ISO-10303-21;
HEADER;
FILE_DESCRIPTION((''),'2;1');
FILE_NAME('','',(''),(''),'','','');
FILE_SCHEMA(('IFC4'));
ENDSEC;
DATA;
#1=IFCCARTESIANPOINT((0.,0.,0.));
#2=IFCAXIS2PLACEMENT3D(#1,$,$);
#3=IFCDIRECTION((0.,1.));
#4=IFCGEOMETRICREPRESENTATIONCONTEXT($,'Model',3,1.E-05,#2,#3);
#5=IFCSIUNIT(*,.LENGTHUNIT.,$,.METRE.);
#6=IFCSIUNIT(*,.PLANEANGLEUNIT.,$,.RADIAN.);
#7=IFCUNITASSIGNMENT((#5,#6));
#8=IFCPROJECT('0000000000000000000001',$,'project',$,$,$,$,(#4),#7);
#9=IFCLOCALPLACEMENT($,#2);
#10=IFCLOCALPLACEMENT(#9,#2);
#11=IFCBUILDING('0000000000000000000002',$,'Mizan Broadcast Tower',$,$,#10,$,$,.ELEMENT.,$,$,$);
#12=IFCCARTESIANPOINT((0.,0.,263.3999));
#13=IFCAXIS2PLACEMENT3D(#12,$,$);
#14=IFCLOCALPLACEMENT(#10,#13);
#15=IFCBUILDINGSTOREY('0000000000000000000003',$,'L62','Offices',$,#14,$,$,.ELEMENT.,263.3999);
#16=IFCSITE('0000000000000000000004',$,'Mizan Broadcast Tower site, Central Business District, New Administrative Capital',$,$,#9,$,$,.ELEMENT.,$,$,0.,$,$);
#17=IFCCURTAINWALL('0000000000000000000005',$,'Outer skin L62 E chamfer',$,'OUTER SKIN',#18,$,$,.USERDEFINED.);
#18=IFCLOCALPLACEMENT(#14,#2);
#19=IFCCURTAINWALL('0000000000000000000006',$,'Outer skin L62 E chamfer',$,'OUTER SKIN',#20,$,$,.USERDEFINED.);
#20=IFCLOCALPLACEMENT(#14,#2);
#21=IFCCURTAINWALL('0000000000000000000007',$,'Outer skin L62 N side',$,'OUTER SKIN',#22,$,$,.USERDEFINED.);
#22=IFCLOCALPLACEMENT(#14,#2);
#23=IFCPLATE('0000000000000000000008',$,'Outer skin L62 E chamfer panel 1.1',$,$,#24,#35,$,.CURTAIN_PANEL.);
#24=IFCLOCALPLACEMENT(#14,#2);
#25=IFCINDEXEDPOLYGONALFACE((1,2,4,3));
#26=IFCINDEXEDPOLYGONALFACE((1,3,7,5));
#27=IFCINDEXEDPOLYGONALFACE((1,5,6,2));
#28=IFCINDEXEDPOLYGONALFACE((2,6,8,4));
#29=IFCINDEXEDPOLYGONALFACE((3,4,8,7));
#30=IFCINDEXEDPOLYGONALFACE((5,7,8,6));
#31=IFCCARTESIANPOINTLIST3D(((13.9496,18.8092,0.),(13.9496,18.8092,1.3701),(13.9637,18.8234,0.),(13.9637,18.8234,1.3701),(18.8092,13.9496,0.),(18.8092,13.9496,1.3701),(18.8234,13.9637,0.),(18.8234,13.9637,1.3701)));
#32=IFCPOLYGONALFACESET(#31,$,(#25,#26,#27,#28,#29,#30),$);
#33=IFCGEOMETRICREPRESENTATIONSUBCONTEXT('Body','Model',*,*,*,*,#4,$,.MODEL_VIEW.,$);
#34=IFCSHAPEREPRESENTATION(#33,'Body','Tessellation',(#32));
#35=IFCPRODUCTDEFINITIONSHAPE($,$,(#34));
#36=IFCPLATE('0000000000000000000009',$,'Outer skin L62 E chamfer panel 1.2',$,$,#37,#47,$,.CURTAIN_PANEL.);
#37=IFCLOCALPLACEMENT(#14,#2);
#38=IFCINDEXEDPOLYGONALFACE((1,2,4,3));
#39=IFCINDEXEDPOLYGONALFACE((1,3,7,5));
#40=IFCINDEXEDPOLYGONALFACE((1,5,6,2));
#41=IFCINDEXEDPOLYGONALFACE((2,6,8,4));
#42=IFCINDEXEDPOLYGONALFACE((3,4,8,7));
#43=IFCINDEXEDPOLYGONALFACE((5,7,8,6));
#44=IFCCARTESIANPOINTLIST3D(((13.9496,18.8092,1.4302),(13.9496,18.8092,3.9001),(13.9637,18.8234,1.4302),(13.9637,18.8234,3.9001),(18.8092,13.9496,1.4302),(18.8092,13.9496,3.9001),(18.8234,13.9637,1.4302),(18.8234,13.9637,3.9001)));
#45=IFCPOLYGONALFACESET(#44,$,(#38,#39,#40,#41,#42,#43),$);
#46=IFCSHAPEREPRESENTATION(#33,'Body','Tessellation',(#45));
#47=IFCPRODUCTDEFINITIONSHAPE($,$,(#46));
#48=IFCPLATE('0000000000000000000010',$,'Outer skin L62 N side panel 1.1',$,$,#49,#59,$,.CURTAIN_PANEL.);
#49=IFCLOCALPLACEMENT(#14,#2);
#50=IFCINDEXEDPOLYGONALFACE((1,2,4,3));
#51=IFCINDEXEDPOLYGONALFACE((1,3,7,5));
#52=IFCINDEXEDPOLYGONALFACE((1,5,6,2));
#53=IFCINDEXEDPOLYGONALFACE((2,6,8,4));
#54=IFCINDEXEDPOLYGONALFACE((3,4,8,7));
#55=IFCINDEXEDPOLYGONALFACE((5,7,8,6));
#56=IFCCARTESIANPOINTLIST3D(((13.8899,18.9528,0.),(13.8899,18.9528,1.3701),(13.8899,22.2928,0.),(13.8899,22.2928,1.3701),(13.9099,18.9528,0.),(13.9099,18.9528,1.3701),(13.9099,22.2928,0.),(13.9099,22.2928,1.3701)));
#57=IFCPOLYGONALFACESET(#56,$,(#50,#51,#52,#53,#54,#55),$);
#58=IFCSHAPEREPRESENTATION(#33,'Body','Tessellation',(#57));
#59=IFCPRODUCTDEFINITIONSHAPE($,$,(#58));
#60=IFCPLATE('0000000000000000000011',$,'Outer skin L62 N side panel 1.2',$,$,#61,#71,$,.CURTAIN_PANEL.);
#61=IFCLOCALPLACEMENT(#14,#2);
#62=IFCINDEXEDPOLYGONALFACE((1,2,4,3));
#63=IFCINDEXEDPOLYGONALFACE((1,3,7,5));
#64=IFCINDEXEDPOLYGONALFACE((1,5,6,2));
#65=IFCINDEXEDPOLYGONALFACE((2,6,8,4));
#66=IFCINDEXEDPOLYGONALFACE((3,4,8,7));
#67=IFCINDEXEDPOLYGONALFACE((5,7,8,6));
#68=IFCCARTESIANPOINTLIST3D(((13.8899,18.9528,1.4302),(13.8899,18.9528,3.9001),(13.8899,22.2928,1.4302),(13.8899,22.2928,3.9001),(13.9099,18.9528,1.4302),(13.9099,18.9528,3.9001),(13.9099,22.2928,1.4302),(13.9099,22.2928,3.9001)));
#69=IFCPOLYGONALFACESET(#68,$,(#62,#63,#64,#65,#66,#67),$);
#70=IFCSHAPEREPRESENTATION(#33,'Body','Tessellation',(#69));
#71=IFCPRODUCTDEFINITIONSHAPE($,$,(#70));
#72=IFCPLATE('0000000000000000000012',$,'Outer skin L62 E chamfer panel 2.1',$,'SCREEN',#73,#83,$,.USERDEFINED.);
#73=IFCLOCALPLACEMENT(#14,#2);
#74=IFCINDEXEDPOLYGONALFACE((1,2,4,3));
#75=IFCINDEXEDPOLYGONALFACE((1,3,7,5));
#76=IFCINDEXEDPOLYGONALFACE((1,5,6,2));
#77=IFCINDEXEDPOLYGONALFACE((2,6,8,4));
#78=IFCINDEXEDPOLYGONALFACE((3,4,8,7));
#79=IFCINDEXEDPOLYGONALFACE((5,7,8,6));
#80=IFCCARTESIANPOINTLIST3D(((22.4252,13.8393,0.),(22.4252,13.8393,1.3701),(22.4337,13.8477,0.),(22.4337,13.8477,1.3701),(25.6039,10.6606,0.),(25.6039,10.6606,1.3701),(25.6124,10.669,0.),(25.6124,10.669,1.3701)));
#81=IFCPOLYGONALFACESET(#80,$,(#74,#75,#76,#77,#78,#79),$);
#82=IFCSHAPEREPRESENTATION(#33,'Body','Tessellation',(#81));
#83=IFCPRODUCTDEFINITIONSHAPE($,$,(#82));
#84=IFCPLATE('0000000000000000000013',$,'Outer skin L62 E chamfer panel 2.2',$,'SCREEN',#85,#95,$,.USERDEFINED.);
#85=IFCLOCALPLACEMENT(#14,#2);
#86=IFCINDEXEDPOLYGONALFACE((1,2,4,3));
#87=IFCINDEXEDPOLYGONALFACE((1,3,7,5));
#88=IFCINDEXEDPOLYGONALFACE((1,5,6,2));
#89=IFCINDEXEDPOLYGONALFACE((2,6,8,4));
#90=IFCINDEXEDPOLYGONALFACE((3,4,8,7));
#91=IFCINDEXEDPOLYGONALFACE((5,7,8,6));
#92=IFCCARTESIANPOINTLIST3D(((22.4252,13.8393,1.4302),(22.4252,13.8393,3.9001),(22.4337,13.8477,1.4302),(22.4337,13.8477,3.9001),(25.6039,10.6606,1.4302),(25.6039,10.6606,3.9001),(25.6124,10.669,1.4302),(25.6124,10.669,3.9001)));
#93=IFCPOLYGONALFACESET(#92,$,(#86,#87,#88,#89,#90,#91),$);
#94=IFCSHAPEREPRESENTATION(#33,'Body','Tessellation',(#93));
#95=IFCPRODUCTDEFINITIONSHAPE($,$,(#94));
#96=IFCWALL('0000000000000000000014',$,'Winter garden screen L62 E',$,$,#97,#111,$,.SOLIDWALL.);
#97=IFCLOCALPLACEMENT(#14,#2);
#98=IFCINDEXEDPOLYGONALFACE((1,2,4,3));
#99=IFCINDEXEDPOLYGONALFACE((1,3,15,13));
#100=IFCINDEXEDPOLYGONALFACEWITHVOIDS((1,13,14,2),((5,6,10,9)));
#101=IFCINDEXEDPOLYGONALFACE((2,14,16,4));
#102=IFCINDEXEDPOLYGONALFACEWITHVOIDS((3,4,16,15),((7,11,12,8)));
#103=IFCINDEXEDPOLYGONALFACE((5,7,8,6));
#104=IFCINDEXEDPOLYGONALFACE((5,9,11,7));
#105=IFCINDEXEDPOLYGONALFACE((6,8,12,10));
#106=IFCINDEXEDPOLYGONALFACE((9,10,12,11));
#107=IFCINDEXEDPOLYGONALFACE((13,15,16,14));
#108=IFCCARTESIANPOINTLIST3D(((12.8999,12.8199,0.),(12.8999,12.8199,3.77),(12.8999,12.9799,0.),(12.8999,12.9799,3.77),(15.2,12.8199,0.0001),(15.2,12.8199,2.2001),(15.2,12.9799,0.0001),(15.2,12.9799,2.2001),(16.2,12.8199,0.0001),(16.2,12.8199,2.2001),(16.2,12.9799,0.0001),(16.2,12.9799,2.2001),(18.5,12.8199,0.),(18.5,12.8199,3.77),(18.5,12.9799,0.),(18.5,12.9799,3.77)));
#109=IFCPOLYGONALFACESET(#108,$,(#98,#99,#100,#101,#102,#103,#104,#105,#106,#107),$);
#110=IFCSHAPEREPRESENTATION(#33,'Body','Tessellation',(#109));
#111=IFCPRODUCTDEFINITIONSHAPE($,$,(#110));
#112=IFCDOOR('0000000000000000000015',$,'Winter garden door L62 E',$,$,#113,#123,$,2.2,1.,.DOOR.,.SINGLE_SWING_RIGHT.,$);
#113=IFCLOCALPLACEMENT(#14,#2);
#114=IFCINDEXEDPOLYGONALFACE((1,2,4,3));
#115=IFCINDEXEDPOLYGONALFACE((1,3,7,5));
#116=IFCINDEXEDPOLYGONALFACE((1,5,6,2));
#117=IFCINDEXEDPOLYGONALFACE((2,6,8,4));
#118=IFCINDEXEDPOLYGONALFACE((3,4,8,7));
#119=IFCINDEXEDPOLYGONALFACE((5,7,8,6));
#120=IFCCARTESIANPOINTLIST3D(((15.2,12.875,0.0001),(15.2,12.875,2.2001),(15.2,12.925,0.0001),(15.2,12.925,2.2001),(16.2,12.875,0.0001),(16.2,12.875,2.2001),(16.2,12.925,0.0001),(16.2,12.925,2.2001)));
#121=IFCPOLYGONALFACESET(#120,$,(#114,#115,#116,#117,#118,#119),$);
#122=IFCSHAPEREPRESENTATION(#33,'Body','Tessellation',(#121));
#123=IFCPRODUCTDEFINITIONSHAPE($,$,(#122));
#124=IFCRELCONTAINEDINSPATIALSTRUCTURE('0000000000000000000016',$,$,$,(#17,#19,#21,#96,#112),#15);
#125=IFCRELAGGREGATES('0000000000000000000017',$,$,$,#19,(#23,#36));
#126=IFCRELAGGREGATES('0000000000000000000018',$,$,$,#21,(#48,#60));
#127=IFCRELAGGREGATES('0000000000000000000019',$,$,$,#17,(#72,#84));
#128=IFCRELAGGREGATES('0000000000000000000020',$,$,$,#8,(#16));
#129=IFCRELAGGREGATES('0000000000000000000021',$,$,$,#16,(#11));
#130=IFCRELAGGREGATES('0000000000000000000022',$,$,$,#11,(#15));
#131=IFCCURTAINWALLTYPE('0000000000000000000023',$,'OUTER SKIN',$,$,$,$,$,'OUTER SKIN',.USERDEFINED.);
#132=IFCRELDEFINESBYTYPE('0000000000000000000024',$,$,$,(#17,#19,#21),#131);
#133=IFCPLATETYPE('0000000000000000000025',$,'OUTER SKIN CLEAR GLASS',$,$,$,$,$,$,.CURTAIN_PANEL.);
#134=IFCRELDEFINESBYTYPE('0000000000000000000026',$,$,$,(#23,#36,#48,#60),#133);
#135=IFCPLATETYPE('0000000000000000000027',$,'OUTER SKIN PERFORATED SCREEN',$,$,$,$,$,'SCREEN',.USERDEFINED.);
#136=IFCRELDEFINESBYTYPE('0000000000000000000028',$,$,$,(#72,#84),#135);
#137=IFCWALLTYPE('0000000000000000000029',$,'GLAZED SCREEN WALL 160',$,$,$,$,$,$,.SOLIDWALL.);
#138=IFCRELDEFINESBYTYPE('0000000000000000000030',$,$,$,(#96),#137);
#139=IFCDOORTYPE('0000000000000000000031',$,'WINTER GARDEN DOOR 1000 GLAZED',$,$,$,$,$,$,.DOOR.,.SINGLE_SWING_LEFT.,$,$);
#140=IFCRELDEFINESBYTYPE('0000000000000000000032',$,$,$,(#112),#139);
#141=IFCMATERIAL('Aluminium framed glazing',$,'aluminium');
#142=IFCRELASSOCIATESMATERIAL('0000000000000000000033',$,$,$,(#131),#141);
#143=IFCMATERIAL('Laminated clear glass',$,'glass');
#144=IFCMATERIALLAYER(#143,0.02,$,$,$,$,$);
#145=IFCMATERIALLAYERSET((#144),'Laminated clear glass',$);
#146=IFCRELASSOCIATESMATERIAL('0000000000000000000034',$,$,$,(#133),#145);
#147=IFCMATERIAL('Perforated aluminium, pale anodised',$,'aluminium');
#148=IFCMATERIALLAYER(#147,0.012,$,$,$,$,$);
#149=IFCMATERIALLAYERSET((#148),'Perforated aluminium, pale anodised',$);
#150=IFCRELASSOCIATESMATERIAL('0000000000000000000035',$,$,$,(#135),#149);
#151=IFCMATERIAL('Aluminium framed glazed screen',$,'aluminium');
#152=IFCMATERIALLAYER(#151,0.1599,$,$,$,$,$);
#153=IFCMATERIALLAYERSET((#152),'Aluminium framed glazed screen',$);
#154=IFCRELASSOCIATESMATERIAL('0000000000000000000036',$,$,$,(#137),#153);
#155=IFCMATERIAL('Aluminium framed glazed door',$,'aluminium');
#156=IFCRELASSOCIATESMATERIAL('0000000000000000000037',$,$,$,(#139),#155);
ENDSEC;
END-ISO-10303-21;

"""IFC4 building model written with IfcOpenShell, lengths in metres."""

from ifc_helpers import new_model, si_unit, direction, frame, frame_2d, origin, origin_2d, place, context, subcontext, project, spatial, rectangle, extrude, material, layer, layer_set, type_object, element, fill, aggregate, save


model = new_model("IFC4")

# Units and contexts
model_context = context("Model", 3, precision=1e-05, world=origin(), true_north=direction((0.0, 1.0)))
body_context = subcontext(model_context, "Body", "Model", "MODEL_VIEW")
ifc_project = project(units=[si_unit("LENGTHUNIT", "METRE"), si_unit("PLANEANGLEUNIT", "RADIAN")], contexts=[model_context])

# Site, building, storey
site_placement = place(None, origin())
site = spatial("IfcSite", under=ifc_project, at=site_placement, Name="Mizan Broadcast Tower site, Central Business District, New Administrative Capital", CompositionType="ELEMENT", RefElevation=0.0)
building_placement = place(site_placement, origin())
building = spatial("IfcBuilding", under=site, at=building_placement, Name="Mizan Broadcast Tower", CompositionType="ELEMENT")
storey_placement = place(building_placement, frame((0.0, 0.0, 263.3999)))
storey = spatial("IfcBuildingStorey", under=building, at=storey_placement, Name="L62", Description="Offices", CompositionType="ELEMENT", Elevation=263.3999)

# Curtain walls
ifc_material_1 = material(Name="Aluminium framed glazing", Category="aluminium")
curtain_wall_type_1 = type_object("IfcCurtainWallType", Name="OUTER SKIN", ElementType="OUTER SKIN", PredefinedType="USERDEFINED", material=ifc_material_1)
curtain_wall_1_placement = place(storey_placement, origin())
curtain_wall_1 = element("IfcCurtainWall", 1, at=curtain_wall_1_placement, inside=storey, type_object=curtain_wall_type_1, Name="Outer skin L62 E chamfer", ObjectType="OUTER SKIN", PredefinedType="USERDEFINED")
curtain_wall_2_placement = place(storey_placement, origin())
curtain_wall_2 = element("IfcCurtainWall", 2, at=curtain_wall_2_placement, inside=storey, type_object=curtain_wall_type_1, Name="Outer skin L62 E chamfer", ObjectType="OUTER SKIN", PredefinedType="USERDEFINED")
curtain_wall_3_placement = place(storey_placement, origin())
curtain_wall_3 = element("IfcCurtainWall", 3, at=curtain_wall_3_placement, inside=storey, type_object=curtain_wall_type_1, Name="Outer skin L62 N side", ObjectType="OUTER SKIN", PredefinedType="USERDEFINED")

# Plates
ifc_material_2 = material(Name="Laminated clear glass", Category="glass")
ifc_layer_1 = layer(ifc_material_2, 0.02)
ifc_layer_set_1 = layer_set([ifc_layer_1], Name="Laminated clear glass")
plate_type_1 = type_object("IfcPlateType", Name="OUTER SKIN CLEAR GLASS", PredefinedType="CURTAIN_PANEL", material=ifc_layer_set_1)
plate_1_placement = place(storey_placement, frame((16.3865, 16.3865, 0.0), z_axis=(0.0, 0.0, 1.0), x_axis=(-0.707107, 0.707107, 0.0)))
plate_1 = element("IfcPlate", 4, at=plate_1_placement, type_object=plate_type_1, Name="Outer skin L62 E chamfer panel 1.1", PredefinedType="CURTAIN_PANEL", context=body_context, shape_type="SweptSolid", body=[
    extrude(rectangle(XDim=6.8726, YDim=0.02, at=origin_2d()), origin(), (0.0, 0.0, 1.0), 1.3701),
])
plate_2_placement = place(storey_placement, frame((16.3865, 16.3865, 1.4302), z_axis=(0.0, 0.0, 1.0), x_axis=(-0.707107, 0.707107, 0.0)))
plate_2 = element("IfcPlate", 5, at=plate_2_placement, type_object=plate_type_1, Name="Outer skin L62 E chamfer panel 1.2", PredefinedType="CURTAIN_PANEL", context=body_context, shape_type="SweptSolid", body=[
    extrude(rectangle(XDim=6.8726, YDim=0.02, at=origin_2d()), origin(), (0.0, 0.0, 1.0), 2.47),
])
aggregate(curtain_wall_2, [plate_1, plate_2])
plate_3_placement = place(storey_placement, frame((13.8999, 20.6228, 0.0), z_axis=(0.0, 0.0, 1.0), x_axis=(0.0, 1.0, 0.0)))
plate_3 = element("IfcPlate", 6, at=plate_3_placement, type_object=plate_type_1, Name="Outer skin L62 N side panel 1.1", PredefinedType="CURTAIN_PANEL", context=body_context, shape_type="SweptSolid", body=[
    extrude(rectangle(XDim=3.3401, YDim=0.02, at=origin_2d()), origin(), (0.0, 0.0, 1.0), 1.3701),
])
plate_4_placement = place(storey_placement, frame((13.8999, 20.6228, 1.4302), z_axis=(0.0, 0.0, 1.0), x_axis=(0.0, 1.0, 0.0)))
plate_4 = element("IfcPlate", 7, at=plate_4_placement, type_object=plate_type_1, Name="Outer skin L62 N side panel 1.2", PredefinedType="CURTAIN_PANEL", context=body_context, shape_type="SweptSolid", body=[
    extrude(rectangle(XDim=3.3401, YDim=0.02, at=origin_2d()), origin(), (0.0, 0.0, 1.0), 2.47),
])
aggregate(curtain_wall_3, [plate_3, plate_4])
ifc_material_3 = material(Name="Perforated aluminium, pale anodised", Category="aluminium")
ifc_layer_2 = layer(ifc_material_3, 0.012)
ifc_layer_set_2 = layer_set([ifc_layer_2], Name="Perforated aluminium, pale anodised")
plate_type_2 = type_object("IfcPlateType", Name="OUTER SKIN PERFORATED SCREEN", ElementType="SCREEN", PredefinedType="USERDEFINED", material=ifc_layer_set_2)
plate_5_placement = place(storey_placement, frame((24.0188, 12.2542, 0.0), z_axis=(0.0, 0.0, 1.0), x_axis=(-0.707107, 0.707107, 0.0)))
plate_5 = element("IfcPlate", 8, at=plate_5_placement, type_object=plate_type_2, Name="Outer skin L62 E chamfer panel 2.1", ObjectType="SCREEN", PredefinedType="USERDEFINED", context=body_context, shape_type="SweptSolid", body=[
    extrude(rectangle(XDim=4.4954, YDim=0.012, at=origin_2d()), origin(), (0.0, 0.0, 1.0), 1.3701),
])
plate_6_placement = place(storey_placement, frame((24.0188, 12.2542, 1.4302), z_axis=(0.0, 0.0, 1.0), x_axis=(-0.707107, 0.707107, 0.0)))
plate_6 = element("IfcPlate", 9, at=plate_6_placement, type_object=plate_type_2, Name="Outer skin L62 E chamfer panel 2.2", ObjectType="SCREEN", PredefinedType="USERDEFINED", context=body_context, shape_type="SweptSolid", body=[
    extrude(rectangle(XDim=4.4954, YDim=0.012, at=origin_2d()), origin(), (0.0, 0.0, 1.0), 2.47),
])
aggregate(curtain_wall_1, [plate_5, plate_6])

# Wall, opening, door
ifc_material_4 = material(Name="Aluminium framed glazed screen", Category="aluminium")
ifc_layer_3 = layer(ifc_material_4, 0.1599)
ifc_layer_set_3 = layer_set([ifc_layer_3], Name="Aluminium framed glazed screen")
wall_type = type_object("IfcWallType", Name="GLAZED SCREEN WALL 160", PredefinedType="SOLIDWALL", material=ifc_layer_set_3)
wall_placement = place(storey_placement, frame((18.5, 12.8999, 0.0), z_axis=(0.0, 0.0, 1.0), x_axis=(-1.0, 0.0, 0.0)))
wall = element("IfcWall", 10, at=wall_placement, inside=storey, type_object=wall_type, Name="Winter garden screen L62 E", PredefinedType="SOLIDWALL", context=body_context, shape_type="SweptSolid", body=[
    extrude(rectangle(XDim=5.6001, YDim=0.1599, at=frame_2d((2.8, 0.0))), origin(), (0.0, 0.0, 1.0), 3.77),
])
opening_placement = place(wall_placement, frame((2.3, 0.0, 0.0)))
opening = element("IfcOpeningElement", 11, at=opening_placement, cuts=wall, PredefinedType="OPENING", context=body_context, shape_type="SweptSolid", body=[
    extrude(rectangle(XDim=1.0, YDim=2.2, at=frame_2d((0.5, 1.1001))), frame((0.0, 0.0898, 0.0), z_axis=(0.0, -1.0, 0.0), x_axis=(1.0, 0.0, 0.0)), (0.0, 0.0, 1.0), 0.1799),
])
ifc_material_5 = material(Name="Aluminium framed glazed door", Category="aluminium")
door_type = type_object("IfcDoorType", Name="WINTER GARDEN DOOR 1000 GLAZED", OperationType="SINGLE_SWING_LEFT", PredefinedType="DOOR", material=ifc_material_5)
door_placement = place(opening_placement, origin())
door = element("IfcDoor", 12, at=door_placement, inside=storey, type_object=door_type, Name="Winter garden door L62 E", OperationType="SINGLE_SWING_RIGHT", OverallHeight=2.2, OverallWidth=1.0, PredefinedType="DOOR", context=body_context, shape_type="SweptSolid", body=[
    extrude(rectangle(XDim=1.0, YDim=2.2, at=frame_2d((0.5, 1.1001))), frame((0.0, 0.0249, 0.0), z_axis=(0.0, -1.0, 0.0), x_axis=(1.0, 0.0, 0.0)), (0.0, 0.0, 1.0), 0.05),
])
fill(opening, door)

save(model, "model.ifc")
